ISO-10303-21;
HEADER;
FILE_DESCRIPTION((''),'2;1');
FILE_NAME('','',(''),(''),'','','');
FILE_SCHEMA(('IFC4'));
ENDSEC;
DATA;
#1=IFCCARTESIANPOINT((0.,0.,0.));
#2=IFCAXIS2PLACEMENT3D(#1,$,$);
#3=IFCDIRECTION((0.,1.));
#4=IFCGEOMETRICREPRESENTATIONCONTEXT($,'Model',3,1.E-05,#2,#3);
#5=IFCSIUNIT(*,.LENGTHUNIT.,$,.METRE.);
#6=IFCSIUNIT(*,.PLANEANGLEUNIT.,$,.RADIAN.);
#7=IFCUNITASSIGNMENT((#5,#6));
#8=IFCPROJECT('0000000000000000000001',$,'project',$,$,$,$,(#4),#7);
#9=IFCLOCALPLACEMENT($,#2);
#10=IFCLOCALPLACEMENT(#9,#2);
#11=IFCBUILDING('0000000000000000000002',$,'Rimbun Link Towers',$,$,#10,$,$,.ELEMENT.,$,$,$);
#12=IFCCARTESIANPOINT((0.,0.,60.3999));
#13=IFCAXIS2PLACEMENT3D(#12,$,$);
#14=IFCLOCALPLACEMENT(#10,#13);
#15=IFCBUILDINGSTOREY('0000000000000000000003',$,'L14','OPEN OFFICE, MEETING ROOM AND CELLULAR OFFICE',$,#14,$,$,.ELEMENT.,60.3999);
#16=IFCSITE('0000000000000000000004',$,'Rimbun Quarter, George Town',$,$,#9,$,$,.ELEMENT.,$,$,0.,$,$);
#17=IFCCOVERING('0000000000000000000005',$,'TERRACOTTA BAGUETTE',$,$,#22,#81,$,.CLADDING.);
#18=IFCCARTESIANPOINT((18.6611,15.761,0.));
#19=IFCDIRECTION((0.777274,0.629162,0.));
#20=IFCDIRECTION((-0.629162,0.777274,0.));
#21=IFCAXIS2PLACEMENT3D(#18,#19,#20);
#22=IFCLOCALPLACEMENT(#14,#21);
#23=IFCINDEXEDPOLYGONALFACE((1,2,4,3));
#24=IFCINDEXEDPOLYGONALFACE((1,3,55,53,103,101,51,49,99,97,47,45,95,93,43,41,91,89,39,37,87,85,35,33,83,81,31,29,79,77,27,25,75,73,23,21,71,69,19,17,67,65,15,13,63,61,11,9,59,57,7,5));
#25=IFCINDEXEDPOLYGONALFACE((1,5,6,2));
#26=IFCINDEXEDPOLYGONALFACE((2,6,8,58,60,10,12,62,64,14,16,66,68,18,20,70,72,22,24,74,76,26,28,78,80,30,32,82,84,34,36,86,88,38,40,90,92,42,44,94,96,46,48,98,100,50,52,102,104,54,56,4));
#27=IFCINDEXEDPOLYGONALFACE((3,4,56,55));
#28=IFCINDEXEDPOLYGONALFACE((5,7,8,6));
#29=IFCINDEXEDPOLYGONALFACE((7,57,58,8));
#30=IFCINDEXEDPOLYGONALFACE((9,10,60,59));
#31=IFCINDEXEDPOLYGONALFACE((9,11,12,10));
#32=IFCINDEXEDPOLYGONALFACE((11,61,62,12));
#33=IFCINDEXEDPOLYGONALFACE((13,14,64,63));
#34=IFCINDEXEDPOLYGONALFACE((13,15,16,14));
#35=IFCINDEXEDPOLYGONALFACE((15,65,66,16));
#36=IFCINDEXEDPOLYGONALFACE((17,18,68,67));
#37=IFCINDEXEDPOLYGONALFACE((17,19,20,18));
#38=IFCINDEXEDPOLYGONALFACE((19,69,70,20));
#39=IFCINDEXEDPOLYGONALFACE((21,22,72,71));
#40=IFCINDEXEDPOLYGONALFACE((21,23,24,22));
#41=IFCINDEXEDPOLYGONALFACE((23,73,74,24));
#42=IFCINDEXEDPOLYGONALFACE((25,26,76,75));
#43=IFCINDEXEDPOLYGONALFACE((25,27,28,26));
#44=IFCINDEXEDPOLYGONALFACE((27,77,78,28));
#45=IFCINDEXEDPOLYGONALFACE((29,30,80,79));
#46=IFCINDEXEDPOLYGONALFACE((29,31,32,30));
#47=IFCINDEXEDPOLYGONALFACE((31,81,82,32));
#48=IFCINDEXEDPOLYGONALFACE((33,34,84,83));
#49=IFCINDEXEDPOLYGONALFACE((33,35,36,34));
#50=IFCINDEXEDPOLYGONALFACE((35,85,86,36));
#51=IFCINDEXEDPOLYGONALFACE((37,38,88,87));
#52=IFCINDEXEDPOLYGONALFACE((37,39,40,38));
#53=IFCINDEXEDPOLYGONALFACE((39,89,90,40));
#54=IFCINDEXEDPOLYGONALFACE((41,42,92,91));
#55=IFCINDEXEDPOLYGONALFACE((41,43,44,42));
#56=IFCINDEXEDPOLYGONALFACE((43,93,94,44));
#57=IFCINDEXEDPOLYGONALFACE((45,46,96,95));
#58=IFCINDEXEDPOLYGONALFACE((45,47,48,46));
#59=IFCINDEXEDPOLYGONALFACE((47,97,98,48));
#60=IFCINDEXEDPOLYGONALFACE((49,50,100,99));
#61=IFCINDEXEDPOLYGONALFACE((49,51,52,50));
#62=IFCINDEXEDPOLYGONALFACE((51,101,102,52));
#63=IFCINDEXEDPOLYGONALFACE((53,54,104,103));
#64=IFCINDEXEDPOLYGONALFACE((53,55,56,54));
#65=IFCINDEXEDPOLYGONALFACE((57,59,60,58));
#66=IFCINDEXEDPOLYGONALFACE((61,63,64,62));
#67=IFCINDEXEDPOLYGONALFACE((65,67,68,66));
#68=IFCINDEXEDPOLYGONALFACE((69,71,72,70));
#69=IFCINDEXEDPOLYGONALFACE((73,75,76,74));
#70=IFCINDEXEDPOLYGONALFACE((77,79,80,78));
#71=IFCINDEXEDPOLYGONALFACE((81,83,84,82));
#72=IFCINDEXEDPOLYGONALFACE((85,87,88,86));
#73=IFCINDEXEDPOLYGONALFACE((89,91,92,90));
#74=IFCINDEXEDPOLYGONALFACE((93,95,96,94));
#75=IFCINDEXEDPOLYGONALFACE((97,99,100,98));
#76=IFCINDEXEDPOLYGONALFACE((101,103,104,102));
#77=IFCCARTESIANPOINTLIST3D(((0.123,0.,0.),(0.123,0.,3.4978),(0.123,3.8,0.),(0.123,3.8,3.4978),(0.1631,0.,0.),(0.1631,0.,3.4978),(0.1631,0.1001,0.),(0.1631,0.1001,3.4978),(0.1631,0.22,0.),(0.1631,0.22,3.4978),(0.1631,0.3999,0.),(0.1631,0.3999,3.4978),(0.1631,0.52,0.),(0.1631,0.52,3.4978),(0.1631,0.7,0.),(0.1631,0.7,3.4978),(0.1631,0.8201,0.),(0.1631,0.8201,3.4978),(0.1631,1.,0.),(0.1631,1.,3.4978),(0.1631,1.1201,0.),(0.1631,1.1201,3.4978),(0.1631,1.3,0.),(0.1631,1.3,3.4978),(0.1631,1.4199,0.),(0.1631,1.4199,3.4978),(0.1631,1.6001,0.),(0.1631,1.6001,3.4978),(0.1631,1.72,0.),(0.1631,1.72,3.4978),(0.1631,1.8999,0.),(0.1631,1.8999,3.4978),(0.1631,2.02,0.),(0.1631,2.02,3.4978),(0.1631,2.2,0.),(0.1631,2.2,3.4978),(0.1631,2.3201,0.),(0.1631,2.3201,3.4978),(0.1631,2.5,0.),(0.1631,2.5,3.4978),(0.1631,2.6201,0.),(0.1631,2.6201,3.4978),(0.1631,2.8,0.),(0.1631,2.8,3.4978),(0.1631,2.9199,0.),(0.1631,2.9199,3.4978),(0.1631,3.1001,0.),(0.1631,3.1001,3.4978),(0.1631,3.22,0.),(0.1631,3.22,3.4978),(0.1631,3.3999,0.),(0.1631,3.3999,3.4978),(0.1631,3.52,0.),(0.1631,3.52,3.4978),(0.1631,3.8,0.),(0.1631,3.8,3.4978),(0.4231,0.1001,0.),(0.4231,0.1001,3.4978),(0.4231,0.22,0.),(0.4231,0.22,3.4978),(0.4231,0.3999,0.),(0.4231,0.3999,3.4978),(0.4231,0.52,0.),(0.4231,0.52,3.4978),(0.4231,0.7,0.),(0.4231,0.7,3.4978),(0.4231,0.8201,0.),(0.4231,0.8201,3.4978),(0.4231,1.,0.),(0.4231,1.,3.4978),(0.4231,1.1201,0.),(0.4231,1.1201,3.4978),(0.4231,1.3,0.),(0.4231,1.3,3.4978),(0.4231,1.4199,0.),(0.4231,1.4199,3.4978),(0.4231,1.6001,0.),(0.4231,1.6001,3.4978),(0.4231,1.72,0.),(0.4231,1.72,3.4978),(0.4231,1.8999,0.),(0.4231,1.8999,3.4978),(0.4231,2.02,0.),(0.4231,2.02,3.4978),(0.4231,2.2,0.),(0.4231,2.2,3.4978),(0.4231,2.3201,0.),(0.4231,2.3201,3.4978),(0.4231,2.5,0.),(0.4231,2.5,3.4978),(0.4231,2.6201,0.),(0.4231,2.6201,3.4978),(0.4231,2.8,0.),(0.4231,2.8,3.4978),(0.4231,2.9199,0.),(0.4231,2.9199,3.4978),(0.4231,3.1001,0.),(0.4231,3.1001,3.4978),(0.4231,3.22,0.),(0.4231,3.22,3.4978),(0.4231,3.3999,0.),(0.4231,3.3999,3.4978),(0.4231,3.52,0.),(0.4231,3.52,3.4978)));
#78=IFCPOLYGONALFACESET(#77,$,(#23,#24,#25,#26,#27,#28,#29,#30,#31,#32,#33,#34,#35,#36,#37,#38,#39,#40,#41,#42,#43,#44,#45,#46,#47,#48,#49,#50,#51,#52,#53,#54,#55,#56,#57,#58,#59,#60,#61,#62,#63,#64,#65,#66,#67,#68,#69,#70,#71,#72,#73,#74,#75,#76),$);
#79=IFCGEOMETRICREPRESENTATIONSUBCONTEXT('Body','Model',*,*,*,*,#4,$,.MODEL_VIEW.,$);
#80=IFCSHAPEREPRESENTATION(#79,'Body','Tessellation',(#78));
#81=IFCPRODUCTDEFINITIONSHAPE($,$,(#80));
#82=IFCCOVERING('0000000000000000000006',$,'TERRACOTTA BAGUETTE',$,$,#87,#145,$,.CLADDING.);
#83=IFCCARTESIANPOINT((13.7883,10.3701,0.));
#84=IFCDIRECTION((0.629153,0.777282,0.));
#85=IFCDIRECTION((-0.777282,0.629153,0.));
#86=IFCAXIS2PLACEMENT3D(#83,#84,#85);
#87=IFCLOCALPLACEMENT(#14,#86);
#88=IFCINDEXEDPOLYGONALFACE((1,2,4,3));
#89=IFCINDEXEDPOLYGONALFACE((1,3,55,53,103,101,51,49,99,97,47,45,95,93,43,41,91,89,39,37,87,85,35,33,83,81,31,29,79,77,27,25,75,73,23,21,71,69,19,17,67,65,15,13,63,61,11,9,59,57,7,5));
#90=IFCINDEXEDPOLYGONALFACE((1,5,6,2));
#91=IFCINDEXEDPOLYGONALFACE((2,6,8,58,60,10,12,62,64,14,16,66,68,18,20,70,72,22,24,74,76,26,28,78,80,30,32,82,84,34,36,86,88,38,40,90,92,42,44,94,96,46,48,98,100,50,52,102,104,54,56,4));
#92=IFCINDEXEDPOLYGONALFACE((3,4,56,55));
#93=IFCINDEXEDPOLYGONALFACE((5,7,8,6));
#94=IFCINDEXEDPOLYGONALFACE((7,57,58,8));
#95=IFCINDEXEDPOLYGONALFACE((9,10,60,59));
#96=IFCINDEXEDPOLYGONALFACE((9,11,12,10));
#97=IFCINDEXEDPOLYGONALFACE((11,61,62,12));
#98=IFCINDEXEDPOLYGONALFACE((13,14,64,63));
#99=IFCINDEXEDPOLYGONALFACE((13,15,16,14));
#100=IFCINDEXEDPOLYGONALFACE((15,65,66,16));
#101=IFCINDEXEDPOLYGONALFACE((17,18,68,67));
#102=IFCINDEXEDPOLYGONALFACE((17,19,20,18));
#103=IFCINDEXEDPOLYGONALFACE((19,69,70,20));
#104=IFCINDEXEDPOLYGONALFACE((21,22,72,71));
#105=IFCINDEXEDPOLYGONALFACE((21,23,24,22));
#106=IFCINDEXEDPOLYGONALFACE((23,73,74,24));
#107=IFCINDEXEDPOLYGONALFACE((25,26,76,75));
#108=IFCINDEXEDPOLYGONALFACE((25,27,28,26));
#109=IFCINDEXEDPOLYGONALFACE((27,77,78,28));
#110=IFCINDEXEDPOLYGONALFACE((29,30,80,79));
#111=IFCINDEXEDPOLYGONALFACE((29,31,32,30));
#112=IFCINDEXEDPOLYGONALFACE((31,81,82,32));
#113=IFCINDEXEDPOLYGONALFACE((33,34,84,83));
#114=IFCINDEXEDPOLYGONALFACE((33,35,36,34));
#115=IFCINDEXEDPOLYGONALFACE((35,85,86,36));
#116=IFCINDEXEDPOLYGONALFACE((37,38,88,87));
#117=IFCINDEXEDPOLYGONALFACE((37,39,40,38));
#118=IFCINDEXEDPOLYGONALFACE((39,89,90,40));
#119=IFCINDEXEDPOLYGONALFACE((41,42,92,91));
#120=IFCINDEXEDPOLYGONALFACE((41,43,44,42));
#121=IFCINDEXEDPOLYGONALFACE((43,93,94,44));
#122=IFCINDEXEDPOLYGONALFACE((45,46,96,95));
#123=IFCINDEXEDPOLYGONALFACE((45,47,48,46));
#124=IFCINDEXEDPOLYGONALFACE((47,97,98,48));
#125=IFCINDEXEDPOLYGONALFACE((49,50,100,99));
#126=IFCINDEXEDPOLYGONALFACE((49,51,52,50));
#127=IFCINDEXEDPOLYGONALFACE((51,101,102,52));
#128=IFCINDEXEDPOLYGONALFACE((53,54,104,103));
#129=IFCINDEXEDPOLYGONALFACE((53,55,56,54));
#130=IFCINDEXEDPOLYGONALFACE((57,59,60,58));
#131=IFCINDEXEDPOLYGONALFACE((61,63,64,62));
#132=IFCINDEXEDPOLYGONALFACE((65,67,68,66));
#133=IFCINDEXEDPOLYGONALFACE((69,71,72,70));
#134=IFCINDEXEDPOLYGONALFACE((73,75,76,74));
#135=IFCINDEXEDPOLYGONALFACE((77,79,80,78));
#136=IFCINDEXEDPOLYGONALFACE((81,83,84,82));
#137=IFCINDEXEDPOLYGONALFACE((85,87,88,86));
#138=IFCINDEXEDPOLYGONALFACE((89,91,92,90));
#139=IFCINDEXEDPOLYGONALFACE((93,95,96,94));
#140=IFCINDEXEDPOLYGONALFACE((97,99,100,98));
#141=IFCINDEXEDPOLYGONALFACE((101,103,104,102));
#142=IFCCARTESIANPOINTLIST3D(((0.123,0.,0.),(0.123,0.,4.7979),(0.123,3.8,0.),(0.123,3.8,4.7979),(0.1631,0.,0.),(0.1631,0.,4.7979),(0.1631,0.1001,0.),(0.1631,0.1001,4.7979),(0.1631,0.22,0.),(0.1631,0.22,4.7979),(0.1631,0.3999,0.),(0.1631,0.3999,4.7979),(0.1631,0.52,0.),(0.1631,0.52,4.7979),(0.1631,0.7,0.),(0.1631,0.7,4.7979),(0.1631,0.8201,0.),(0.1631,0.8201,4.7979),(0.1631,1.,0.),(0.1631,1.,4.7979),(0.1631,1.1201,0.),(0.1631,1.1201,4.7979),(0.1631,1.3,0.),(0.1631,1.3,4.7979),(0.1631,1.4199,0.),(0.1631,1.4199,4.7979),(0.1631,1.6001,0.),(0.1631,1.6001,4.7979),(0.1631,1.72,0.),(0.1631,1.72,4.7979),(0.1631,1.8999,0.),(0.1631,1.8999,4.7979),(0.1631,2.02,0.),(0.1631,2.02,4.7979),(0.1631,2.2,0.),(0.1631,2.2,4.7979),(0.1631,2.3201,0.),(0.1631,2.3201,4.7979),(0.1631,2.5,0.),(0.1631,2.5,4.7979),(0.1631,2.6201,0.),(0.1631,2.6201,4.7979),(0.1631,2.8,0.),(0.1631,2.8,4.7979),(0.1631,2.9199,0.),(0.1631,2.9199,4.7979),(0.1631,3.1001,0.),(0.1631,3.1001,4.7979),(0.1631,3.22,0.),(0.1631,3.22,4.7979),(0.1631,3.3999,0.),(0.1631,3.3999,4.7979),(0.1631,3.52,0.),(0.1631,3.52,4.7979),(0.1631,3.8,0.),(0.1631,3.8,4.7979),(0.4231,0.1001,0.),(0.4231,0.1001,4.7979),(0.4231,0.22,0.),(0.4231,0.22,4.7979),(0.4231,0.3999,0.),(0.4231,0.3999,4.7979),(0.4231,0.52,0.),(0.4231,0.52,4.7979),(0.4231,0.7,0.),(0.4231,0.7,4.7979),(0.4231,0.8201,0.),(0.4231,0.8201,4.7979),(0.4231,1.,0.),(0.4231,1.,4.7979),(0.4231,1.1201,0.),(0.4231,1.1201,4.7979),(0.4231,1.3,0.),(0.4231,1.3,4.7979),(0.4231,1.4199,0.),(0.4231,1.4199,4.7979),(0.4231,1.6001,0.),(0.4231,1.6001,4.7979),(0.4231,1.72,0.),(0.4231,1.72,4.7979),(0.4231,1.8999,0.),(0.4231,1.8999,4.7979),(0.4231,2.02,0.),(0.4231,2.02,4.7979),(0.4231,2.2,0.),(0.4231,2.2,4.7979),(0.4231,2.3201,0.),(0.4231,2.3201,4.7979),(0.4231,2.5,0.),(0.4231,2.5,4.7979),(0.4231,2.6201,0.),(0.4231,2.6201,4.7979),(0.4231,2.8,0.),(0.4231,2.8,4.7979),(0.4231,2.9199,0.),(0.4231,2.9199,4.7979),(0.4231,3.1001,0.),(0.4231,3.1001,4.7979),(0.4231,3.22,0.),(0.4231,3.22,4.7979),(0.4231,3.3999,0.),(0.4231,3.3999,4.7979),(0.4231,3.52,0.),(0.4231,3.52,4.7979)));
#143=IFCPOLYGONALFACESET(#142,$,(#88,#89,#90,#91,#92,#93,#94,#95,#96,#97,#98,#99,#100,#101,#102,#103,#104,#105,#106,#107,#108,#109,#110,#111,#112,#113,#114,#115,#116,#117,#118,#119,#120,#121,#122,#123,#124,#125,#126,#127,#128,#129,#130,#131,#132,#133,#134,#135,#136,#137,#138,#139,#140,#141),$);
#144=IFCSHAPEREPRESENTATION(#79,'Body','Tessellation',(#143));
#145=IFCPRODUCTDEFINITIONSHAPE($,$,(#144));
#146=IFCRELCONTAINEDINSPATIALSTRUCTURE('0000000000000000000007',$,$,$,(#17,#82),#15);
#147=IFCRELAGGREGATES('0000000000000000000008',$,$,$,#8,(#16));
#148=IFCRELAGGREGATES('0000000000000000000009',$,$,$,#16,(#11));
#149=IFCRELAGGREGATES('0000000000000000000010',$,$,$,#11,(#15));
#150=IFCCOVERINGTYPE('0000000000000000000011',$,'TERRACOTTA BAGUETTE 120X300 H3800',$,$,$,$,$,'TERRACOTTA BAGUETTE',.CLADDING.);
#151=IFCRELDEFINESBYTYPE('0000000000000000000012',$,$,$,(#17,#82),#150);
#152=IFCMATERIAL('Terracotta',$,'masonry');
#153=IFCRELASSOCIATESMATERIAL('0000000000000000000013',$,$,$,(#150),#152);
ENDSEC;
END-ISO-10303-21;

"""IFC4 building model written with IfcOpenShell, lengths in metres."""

from ifc_helpers import new_model, si_unit, direction, frame, origin, place, context, subcontext, project, spatial, polyline, outline, extrude, material, material_profile, profile_set, type_object, element, save


model = new_model("IFC4")

# Units and contexts
model_context = context("Model", 3, precision=1e-05, world=origin(), true_north=direction((0.0, 1.0)))
body_context = subcontext(model_context, "Body", "Model", "MODEL_VIEW")
ifc_project = project(units=[si_unit("LENGTHUNIT", "METRE"), si_unit("PLANEANGLEUNIT", "RADIAN")], contexts=[model_context])

# Site, building, storey
site_placement = place(None, origin())
site = spatial("IfcSite", under=ifc_project, at=site_placement, Name="Rimbun Quarter, George Town", CompositionType="ELEMENT", RefElevation=0.0)
building_placement = place(site_placement, origin())
building = spatial("IfcBuilding", under=site, at=building_placement, Name="Rimbun Link Towers", CompositionType="ELEMENT")
storey_placement = place(building_placement, frame((0.0, 0.0, 60.3999)))
storey = spatial("IfcBuildingStorey", under=building, at=storey_placement, Name="L14", Description="OPEN OFFICE, MEETING ROOM AND CELLULAR OFFICE", CompositionType="ELEMENT", Elevation=60.3999)

# Coverings
ifc_material_1 = material(Name="Terracotta", Category="masonry")
ifc_material_profile_1 = material_profile(ifc_material_1, outline(polyline([(0.123, 0.0), (0.1631, 0.0), (0.1631, 0.1001), (0.4231, 0.1001), (0.4231, 0.22), (0.1631, 0.22), (0.1631, 0.3999), (0.4231, 0.3999), (0.4231, 0.52), (0.1631, 0.52), (0.1631, 0.7), (0.4231, 0.7), (0.4231, 0.8201), (0.1631, 0.8201), (0.1631, 1.0), (0.4231, 1.0), (0.4231, 1.1201), (0.1631, 1.1201), (0.1631, 1.3), (0.4231, 1.3), (0.4231, 1.4199), (0.1631, 1.4199), (0.1631, 1.6001), (0.4231, 1.6001), (0.4231, 1.72), (0.1631, 1.72), (0.1631, 1.8999), (0.4231, 1.8999), (0.4231, 2.02), (0.1631, 2.02), (0.1631, 2.2), (0.4231, 2.2), (0.4231, 2.3201), (0.1631, 2.3201), (0.1631, 2.5), (0.4231, 2.5), (0.4231, 2.6201), (0.1631, 2.6201), (0.1631, 2.8), (0.4231, 2.8), (0.4231, 2.9199), (0.1631, 2.9199), (0.1631, 3.1001), (0.4231, 3.1001), (0.4231, 3.22), (0.1631, 3.22), (0.1631, 3.3999), (0.4231, 3.3999), (0.4231, 3.52), (0.1631, 3.52), (0.1631, 3.8), (0.123, 3.8), (0.123, 0.0)])), Name="BAGUETTE 120X300")
ifc_profile_set_1 = profile_set([ifc_material_profile_1], Name="Terracotta")
covering_type = type_object("IfcCoveringType", Name="TERRACOTTA BAGUETTE 120X300 H3800", ElementType="TERRACOTTA BAGUETTE", PredefinedType="CLADDING", material=ifc_profile_set_1)
covering_1_placement = place(storey_placement, frame((18.6611, 15.761, 0.0), z_axis=(0.777274, 0.629162, 0.0), x_axis=(-0.629162, 0.777274, 0.0)))
element("IfcCovering", 1, at=covering_1_placement, inside=storey, type_object=covering_type, Name="TERRACOTTA BAGUETTE", PredefinedType="CLADDING", context=body_context, shape_type="SweptSolid", body=[
    extrude(outline(polyline([(0.123, 0.0), (0.1631, 0.0), (0.1631, 0.1001), (0.4231, 0.1001), (0.4231, 0.22), (0.1631, 0.22), (0.1631, 0.3999), (0.4231, 0.3999), (0.4231, 0.52), (0.1631, 0.52), (0.1631, 0.7), (0.4231, 0.7), (0.4231, 0.8201), (0.1631, 0.8201), (0.1631, 1.0), (0.4231, 1.0), (0.4231, 1.1201), (0.1631, 1.1201), (0.1631, 1.3), (0.4231, 1.3), (0.4231, 1.4199), (0.1631, 1.4199), (0.1631, 1.6001), (0.4231, 1.6001), (0.4231, 1.72), (0.1631, 1.72), (0.1631, 1.8999), (0.4231, 1.8999), (0.4231, 2.02), (0.1631, 2.02), (0.1631, 2.2), (0.4231, 2.2), (0.4231, 2.3201), (0.1631, 2.3201), (0.1631, 2.5), (0.4231, 2.5), (0.4231, 2.6201), (0.1631, 2.6201), (0.1631, 2.8), (0.4231, 2.8), (0.4231, 2.9199), (0.1631, 2.9199), (0.1631, 3.1001), (0.4231, 3.1001), (0.4231, 3.22), (0.1631, 3.22), (0.1631, 3.3999), (0.4231, 3.3999), (0.4231, 3.52), (0.1631, 3.52), (0.1631, 3.8), (0.123, 3.8), (0.123, 0.0)])), origin(), (0.0, 0.0, 1.0), 3.4978),
])
covering_2_placement = place(storey_placement, frame((13.7883, 10.3701, 0.0), z_axis=(0.629153, 0.777282, 0.0), x_axis=(-0.777282, 0.629153, 0.0)))
element("IfcCovering", 2, at=covering_2_placement, inside=storey, type_object=covering_type, Name="TERRACOTTA BAGUETTE", PredefinedType="CLADDING", context=body_context, shape_type="SweptSolid", body=[
    extrude(outline(polyline([(0.123, 0.0), (0.1631, 0.0), (0.1631, 0.1001), (0.4231, 0.1001), (0.4231, 0.22), (0.1631, 0.22), (0.1631, 0.3999), (0.4231, 0.3999), (0.4231, 0.52), (0.1631, 0.52), (0.1631, 0.7), (0.4231, 0.7), (0.4231, 0.8201), (0.1631, 0.8201), (0.1631, 1.0), (0.4231, 1.0), (0.4231, 1.1201), (0.1631, 1.1201), (0.1631, 1.3), (0.4231, 1.3), (0.4231, 1.4199), (0.1631, 1.4199), (0.1631, 1.6001), (0.4231, 1.6001), (0.4231, 1.72), (0.1631, 1.72), (0.1631, 1.8999), (0.4231, 1.8999), (0.4231, 2.02), (0.1631, 2.02), (0.1631, 2.2), (0.4231, 2.2), (0.4231, 2.3201), (0.1631, 2.3201), (0.1631, 2.5), (0.4231, 2.5), (0.4231, 2.6201), (0.1631, 2.6201), (0.1631, 2.8), (0.4231, 2.8), (0.4231, 2.9199), (0.1631, 2.9199), (0.1631, 3.1001), (0.4231, 3.1001), (0.4231, 3.22), (0.1631, 3.22), (0.1631, 3.3999), (0.4231, 3.3999), (0.4231, 3.52), (0.1631, 3.52), (0.1631, 3.8), (0.123, 3.8), (0.123, 0.0)])), origin(), (0.0, 0.0, 1.0), 4.7979),
])

save(model, "model.ifc")
